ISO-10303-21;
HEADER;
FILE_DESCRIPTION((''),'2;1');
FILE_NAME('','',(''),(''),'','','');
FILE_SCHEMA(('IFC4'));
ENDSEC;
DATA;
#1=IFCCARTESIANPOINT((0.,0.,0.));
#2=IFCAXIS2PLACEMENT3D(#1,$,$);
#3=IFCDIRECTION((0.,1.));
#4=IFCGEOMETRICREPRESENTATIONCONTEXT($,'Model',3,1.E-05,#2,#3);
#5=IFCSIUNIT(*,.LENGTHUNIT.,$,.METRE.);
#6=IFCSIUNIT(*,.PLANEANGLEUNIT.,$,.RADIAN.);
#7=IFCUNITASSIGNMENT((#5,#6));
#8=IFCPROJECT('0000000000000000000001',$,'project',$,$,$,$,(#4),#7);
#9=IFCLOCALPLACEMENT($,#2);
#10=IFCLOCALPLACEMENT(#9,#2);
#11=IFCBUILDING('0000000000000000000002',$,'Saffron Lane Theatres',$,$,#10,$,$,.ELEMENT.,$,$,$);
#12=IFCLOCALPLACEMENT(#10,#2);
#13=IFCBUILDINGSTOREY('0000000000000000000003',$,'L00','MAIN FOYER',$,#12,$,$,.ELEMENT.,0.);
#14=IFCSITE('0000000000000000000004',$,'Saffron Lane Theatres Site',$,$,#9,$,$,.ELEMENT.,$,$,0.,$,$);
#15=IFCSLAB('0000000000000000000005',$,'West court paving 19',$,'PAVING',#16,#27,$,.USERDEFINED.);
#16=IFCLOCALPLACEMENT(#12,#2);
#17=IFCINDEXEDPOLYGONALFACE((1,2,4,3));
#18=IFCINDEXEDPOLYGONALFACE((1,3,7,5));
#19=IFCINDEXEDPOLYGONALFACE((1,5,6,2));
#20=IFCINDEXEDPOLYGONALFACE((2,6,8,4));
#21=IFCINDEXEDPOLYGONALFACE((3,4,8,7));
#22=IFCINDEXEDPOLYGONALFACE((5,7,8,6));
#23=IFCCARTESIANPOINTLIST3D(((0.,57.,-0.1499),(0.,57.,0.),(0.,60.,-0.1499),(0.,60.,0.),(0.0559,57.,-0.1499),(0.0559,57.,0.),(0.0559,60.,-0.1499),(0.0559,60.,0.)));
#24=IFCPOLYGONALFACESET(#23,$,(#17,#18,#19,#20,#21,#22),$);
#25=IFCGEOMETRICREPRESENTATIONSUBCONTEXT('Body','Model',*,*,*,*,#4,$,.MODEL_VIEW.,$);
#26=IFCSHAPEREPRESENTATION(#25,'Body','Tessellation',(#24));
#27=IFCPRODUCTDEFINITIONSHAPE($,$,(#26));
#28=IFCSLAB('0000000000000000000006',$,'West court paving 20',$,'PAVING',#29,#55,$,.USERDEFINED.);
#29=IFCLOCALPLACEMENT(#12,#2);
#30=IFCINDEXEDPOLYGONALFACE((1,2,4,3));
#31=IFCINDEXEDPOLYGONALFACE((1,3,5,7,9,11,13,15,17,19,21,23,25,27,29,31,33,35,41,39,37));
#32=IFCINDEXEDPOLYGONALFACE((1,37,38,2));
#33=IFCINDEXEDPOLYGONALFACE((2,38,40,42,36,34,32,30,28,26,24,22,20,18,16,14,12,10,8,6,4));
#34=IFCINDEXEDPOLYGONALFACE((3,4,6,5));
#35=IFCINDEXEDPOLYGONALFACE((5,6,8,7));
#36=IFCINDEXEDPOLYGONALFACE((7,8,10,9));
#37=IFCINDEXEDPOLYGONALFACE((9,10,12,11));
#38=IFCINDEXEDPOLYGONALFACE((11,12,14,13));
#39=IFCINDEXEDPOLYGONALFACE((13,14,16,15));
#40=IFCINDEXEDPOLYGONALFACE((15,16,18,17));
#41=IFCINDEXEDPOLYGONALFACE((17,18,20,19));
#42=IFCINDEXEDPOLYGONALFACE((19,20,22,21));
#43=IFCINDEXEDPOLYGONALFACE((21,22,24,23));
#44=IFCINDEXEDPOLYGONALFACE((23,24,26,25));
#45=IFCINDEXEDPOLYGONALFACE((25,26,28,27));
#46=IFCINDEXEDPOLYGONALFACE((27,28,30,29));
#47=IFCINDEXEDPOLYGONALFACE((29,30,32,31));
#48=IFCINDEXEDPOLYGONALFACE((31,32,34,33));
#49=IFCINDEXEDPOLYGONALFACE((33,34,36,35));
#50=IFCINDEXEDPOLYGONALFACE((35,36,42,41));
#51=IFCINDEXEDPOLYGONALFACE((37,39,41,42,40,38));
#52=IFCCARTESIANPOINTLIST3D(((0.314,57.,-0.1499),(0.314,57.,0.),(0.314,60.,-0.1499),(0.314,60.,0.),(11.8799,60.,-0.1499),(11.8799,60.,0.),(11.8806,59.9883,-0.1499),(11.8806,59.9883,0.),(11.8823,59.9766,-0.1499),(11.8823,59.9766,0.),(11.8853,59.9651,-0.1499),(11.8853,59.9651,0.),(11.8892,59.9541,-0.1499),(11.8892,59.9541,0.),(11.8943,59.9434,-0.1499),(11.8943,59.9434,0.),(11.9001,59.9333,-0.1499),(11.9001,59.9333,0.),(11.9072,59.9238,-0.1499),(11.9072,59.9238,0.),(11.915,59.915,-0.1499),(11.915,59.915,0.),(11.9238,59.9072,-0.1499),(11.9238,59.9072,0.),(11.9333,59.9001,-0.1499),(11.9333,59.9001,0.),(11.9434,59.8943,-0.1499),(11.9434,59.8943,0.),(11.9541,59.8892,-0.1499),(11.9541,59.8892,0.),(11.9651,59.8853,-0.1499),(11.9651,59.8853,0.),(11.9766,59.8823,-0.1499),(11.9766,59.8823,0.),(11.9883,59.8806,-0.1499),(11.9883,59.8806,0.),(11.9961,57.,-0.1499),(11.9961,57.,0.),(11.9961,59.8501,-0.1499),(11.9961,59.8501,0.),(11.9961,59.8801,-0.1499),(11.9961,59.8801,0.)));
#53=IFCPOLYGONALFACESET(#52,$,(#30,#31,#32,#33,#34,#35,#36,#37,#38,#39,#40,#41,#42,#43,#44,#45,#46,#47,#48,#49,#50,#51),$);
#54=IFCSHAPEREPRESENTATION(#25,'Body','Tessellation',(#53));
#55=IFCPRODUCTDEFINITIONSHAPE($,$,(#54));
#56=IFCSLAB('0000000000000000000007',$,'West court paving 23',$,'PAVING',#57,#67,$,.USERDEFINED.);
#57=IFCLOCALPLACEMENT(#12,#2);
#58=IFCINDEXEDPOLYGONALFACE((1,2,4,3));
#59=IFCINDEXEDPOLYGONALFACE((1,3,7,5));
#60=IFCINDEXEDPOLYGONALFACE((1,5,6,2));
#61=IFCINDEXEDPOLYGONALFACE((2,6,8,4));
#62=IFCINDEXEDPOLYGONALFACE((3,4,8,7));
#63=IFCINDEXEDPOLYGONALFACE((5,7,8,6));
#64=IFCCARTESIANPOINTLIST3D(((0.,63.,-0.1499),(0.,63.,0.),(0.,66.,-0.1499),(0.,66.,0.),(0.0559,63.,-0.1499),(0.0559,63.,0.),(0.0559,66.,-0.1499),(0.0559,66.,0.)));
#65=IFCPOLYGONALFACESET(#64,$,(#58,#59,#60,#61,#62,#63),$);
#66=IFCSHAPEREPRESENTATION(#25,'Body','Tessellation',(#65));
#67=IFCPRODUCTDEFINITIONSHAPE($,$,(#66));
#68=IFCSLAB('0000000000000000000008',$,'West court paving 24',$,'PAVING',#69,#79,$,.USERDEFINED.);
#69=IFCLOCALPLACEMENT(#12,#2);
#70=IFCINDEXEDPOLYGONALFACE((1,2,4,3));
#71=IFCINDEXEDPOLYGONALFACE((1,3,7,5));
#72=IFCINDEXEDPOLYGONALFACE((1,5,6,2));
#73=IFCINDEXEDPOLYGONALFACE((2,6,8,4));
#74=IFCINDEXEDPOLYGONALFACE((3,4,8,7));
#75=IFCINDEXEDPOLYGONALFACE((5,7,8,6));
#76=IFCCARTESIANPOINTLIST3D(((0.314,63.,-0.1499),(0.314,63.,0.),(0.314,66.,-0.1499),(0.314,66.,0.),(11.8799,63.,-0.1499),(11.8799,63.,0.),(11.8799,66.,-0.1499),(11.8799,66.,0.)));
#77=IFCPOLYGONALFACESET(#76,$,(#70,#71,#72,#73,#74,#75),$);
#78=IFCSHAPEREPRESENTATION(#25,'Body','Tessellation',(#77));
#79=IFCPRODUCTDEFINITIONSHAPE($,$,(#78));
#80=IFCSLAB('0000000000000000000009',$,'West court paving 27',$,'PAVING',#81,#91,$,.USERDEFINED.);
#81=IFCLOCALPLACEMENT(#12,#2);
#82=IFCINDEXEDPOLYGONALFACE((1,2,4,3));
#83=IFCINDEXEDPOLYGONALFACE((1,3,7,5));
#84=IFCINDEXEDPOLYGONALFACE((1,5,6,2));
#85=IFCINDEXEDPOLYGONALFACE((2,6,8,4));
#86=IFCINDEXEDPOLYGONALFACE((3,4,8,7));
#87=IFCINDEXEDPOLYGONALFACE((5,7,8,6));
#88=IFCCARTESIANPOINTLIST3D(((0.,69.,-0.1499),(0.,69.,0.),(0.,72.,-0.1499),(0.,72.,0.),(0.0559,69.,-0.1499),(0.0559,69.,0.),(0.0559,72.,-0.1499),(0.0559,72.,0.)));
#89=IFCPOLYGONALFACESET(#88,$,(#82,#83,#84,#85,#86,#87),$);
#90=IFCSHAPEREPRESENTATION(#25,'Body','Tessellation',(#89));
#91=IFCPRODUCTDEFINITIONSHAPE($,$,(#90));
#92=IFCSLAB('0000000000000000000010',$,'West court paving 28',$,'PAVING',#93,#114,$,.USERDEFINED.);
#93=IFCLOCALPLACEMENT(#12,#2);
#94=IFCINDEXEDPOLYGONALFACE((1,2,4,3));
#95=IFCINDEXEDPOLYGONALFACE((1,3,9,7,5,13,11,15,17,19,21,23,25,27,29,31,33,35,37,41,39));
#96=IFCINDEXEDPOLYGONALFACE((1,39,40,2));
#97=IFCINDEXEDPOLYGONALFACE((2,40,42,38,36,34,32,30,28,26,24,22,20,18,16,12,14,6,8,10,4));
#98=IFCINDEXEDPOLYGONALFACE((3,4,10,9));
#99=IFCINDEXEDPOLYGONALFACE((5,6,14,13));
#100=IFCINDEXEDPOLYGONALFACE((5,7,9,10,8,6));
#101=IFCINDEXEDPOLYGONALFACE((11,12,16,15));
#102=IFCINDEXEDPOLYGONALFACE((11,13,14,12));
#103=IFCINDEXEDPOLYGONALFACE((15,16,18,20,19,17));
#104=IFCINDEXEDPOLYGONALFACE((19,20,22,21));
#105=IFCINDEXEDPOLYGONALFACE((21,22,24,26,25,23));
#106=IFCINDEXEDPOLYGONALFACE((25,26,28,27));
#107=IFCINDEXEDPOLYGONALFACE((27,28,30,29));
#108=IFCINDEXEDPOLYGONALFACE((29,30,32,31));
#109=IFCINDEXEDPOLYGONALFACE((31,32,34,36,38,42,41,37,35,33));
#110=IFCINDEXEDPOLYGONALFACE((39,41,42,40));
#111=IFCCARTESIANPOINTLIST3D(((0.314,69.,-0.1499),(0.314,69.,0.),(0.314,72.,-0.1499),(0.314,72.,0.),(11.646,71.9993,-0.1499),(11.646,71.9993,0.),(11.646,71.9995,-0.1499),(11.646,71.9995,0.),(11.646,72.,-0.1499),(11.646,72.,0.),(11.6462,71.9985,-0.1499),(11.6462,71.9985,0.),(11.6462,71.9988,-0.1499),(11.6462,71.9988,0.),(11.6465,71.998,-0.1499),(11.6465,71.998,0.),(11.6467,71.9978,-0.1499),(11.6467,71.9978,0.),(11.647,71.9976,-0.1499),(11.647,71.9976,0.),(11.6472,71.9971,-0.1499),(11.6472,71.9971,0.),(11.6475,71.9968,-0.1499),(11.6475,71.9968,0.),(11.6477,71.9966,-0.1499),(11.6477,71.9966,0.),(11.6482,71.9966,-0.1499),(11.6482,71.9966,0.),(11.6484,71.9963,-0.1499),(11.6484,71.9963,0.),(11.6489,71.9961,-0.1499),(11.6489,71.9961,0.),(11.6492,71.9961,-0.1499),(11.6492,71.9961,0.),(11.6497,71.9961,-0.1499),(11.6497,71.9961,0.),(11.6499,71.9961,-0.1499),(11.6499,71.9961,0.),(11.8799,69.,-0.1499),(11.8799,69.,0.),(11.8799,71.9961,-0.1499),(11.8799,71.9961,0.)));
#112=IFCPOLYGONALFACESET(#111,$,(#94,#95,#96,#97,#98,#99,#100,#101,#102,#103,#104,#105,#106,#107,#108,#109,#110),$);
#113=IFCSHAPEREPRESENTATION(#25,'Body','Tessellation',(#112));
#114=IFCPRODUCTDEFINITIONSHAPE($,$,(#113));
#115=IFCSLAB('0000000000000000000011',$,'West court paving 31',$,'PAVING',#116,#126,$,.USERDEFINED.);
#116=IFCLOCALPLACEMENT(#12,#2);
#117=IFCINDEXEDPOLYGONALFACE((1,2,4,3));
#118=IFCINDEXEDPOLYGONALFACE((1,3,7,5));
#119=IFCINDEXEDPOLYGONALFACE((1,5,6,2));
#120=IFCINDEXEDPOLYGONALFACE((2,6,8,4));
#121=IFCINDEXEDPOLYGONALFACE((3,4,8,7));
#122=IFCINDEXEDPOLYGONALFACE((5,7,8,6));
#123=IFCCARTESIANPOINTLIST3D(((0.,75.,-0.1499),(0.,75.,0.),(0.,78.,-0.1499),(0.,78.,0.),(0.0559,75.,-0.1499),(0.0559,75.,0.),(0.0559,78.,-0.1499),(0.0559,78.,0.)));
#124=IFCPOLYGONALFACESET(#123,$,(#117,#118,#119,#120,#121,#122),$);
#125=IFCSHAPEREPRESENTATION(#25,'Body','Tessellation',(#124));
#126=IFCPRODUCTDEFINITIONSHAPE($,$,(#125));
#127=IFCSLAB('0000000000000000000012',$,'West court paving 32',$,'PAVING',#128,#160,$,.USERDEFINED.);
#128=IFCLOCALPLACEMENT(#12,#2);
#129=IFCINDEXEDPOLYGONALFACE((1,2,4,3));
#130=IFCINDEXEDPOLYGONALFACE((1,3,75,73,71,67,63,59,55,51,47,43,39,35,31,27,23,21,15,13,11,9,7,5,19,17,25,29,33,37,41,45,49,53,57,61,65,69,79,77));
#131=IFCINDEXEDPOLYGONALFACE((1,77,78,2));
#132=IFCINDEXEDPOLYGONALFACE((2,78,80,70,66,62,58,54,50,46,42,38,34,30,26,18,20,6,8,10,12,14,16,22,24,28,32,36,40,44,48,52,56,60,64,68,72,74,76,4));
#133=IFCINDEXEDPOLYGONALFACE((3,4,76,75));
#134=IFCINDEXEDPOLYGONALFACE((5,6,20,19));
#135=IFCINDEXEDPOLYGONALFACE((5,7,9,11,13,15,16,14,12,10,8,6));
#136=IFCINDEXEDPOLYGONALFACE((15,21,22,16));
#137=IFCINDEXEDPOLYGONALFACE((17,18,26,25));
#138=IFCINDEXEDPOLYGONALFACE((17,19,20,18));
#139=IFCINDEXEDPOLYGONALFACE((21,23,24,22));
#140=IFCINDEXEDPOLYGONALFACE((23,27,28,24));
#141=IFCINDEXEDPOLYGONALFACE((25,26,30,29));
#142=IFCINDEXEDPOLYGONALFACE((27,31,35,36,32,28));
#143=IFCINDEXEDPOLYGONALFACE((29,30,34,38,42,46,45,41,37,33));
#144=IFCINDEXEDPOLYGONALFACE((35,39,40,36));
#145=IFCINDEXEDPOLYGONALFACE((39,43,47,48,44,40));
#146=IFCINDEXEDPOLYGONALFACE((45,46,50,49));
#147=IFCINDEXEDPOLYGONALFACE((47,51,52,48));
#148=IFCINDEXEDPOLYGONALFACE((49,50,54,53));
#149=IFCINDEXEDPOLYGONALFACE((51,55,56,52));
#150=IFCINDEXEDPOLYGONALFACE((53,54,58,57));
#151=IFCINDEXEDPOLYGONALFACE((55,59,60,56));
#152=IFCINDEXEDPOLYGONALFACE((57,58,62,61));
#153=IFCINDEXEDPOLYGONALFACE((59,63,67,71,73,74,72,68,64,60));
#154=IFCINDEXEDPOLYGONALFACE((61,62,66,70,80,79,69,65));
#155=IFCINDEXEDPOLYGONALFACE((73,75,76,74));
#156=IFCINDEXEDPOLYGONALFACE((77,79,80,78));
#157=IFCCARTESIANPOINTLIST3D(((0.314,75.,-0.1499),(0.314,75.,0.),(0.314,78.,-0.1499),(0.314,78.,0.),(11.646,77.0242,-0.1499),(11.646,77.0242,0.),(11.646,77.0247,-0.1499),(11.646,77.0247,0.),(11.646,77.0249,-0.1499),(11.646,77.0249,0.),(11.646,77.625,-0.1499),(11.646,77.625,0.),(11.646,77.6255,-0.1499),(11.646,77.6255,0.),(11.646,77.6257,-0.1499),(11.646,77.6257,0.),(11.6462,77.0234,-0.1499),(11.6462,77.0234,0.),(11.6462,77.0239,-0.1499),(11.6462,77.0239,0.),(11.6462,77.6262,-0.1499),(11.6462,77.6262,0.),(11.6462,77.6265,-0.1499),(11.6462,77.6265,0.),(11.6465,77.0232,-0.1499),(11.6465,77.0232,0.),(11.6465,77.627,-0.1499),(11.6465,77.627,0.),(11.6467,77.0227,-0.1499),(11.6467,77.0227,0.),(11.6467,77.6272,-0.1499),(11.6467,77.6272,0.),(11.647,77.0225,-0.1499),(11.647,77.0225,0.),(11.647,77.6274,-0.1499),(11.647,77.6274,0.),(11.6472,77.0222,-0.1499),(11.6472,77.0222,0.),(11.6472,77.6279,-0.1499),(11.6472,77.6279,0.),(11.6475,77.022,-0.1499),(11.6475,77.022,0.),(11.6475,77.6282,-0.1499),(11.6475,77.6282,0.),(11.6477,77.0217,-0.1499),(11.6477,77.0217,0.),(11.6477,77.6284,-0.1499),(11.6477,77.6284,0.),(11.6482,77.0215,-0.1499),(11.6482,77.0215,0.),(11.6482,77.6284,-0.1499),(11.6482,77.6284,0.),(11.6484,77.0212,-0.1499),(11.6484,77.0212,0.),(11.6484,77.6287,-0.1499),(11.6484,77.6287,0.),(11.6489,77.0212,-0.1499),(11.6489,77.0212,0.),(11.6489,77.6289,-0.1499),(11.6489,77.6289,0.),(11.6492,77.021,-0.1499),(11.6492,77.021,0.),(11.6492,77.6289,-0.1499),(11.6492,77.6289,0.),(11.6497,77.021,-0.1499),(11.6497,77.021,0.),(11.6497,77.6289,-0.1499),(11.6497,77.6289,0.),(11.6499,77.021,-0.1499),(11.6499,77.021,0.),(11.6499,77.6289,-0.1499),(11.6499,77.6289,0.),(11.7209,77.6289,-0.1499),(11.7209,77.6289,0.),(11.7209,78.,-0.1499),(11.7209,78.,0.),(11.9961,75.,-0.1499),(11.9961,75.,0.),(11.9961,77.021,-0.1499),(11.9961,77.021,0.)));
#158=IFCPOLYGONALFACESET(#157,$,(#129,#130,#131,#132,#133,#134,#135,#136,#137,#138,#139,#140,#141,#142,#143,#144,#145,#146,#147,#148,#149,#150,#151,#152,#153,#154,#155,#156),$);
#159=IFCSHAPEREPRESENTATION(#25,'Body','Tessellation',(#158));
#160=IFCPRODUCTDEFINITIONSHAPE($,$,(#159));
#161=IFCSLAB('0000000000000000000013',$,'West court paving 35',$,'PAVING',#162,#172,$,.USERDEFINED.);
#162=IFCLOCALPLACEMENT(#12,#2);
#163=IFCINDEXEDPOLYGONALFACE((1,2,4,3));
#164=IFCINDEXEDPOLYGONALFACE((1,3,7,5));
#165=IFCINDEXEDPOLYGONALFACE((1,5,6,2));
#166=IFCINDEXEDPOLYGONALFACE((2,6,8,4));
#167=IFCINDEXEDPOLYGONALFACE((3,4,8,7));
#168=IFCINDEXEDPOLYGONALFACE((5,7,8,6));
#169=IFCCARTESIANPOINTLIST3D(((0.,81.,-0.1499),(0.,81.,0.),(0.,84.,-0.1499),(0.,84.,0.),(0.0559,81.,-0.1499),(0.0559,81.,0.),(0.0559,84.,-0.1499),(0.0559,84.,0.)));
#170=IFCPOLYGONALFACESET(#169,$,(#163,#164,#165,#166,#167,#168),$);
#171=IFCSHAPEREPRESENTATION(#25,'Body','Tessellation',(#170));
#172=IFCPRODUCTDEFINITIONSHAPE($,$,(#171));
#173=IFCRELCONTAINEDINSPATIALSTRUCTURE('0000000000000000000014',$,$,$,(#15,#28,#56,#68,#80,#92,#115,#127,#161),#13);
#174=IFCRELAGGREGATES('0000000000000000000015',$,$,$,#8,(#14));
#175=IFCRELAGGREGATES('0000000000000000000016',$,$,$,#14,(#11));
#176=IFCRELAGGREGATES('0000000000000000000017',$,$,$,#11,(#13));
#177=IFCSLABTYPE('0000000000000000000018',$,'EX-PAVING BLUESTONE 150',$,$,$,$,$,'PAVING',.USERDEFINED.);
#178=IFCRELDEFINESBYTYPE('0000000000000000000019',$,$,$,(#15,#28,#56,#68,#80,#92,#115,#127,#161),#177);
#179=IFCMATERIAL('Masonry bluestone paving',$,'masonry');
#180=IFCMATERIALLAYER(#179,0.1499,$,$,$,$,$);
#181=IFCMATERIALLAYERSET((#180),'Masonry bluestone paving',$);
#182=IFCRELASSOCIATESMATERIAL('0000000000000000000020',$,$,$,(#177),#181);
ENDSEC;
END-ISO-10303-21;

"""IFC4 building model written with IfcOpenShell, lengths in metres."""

from ifc_helpers import new_model, si_unit, direction, frame, origin, place, context, subcontext, project, spatial, polyline, outline, extrude, material, layer, layer_set, type_object, element, save


model = new_model("IFC4")

# Units and contexts
model_context = context("Model", 3, precision=1e-05, world=origin(), true_north=direction((0.0, 1.0)))
body_context = subcontext(model_context, "Body", "Model", "MODEL_VIEW")
ifc_project = project(units=[si_unit("LENGTHUNIT", "METRE"), si_unit("PLANEANGLEUNIT", "RADIAN")], contexts=[model_context])

# Site, building, storey
site_placement = place(None, origin())
site = spatial("IfcSite", under=ifc_project, at=site_placement, Name="Saffron Lane Theatres Site", CompositionType="ELEMENT", RefElevation=0.0)
building_placement = place(site_placement, origin())
building = spatial("IfcBuilding", under=site, at=building_placement, Name="Saffron Lane Theatres", CompositionType="ELEMENT")
storey_placement = place(building_placement, origin())
storey = spatial("IfcBuildingStorey", under=building, at=storey_placement, Name="L00", Description="MAIN FOYER", CompositionType="ELEMENT", Elevation=0.0)

# Slabs
ifc_material_1 = material(Name="Masonry bluestone paving", Category="masonry")
ifc_layer_1 = layer(ifc_material_1, 0.1499)
ifc_layer_set_1 = layer_set([ifc_layer_1], Name="Masonry bluestone paving")
slab_type_1 = type_object("IfcSlabType", Name="EX-PAVING BLUESTONE 150", ElementType="PAVING", PredefinedType="USERDEFINED", material=ifc_layer_set_1)
slab_1_placement = place(storey_placement, frame((0.0, 0.0, -0.1499)))
element("IfcSlab", 1, at=slab_1_placement, inside=storey, type_object=slab_type_1, Name="West court paving 19", ObjectType="PAVING", PredefinedType="USERDEFINED", context=body_context, shape_type="SweptSolid", body=[
    extrude(outline(polyline([(0.0559, 57.0), (0.0559, 60.0), (0.0, 60.0), (0.0, 57.0), (0.0559, 57.0)])), origin(), (0.0, 0.0, 1.0), 0.1499),
])
slab_2_placement = place(storey_placement, frame((0.0, 0.0, -0.1499)))
element("IfcSlab", 2, at=slab_2_placement, inside=storey, type_object=slab_type_1, Name="West court paving 20", ObjectType="PAVING", PredefinedType="USERDEFINED", context=body_context, shape_type="SweptSolid", body=[
    extrude(outline(polyline([(11.8806, 59.9883), (11.8799, 60.0), (0.314, 60.0), (0.314, 57.0), (11.9961, 57.0), (11.9961, 59.8501), (11.9961, 59.8501), (11.9961, 59.8801), (11.9883, 59.8806), (11.9766, 59.8823), (11.9651, 59.8853), (11.9541, 59.8892), (11.9434, 59.8943), (11.9333, 59.9001), (11.9238, 59.9072), (11.915, 59.915), (11.9072, 59.9238), (11.9001, 59.9333), (11.8943, 59.9434), (11.8892, 59.9541), (11.8853, 59.9651), (11.8823, 59.9766), (11.8806, 59.9883)])), origin(), (0.0, 0.0, 1.0), 0.1499),
])
slab_3_placement = place(storey_placement, frame((0.0, 0.0, -0.1499)))
element("IfcSlab", 3, at=slab_3_placement, inside=storey, type_object=slab_type_1, Name="West court paving 23", ObjectType="PAVING", PredefinedType="USERDEFINED", context=body_context, shape_type="SweptSolid", body=[
    extrude(outline(polyline([(0.0559, 63.0), (0.0559, 66.0), (0.0, 66.0), (0.0, 63.0), (0.0559, 63.0)])), origin(), (0.0, 0.0, 1.0), 0.1499),
])
slab_4_placement = place(storey_placement, frame((0.0, 0.0, -0.1499)))
element("IfcSlab", 4, at=slab_4_placement, inside=storey, type_object=slab_type_1, Name="West court paving 24", ObjectType="PAVING", PredefinedType="USERDEFINED", context=body_context, shape_type="SweptSolid", body=[
    extrude(outline(polyline([(11.8799, 63.0), (11.8799, 66.0), (0.314, 66.0), (0.314, 63.0), (11.8799, 63.0)])), origin(), (0.0, 0.0, 1.0), 0.1499),
])
slab_5_placement = place(storey_placement, frame((0.0, 0.0, -0.1499)))
element("IfcSlab", 5, at=slab_5_placement, inside=storey, type_object=slab_type_1, Name="West court paving 27", ObjectType="PAVING", PredefinedType="USERDEFINED", context=body_context, shape_type="SweptSolid", body=[
    extrude(outline(polyline([(0.0559, 69.0), (0.0559, 72.0), (0.0, 72.0), (0.0, 69.0), (0.0559, 69.0)])), origin(), (0.0, 0.0, 1.0), 0.1499),
])
slab_6_placement = place(storey_placement, frame((0.0, 0.0, -0.1499)))
element("IfcSlab", 6, at=slab_6_placement, inside=storey, type_object=slab_type_1, Name="West court paving 28", ObjectType="PAVING", PredefinedType="USERDEFINED", context=body_context, shape_type="SweptSolid", body=[
    extrude(outline(polyline([(11.646, 71.9995), (11.646, 72.0), (0.314, 72.0), (0.314, 69.0), (11.8799, 69.0), (11.8799, 71.9961), (11.6499, 71.9961), (11.6497, 71.9961), (11.6492, 71.9961), (11.6489, 71.9961), (11.6484, 71.9963), (11.6482, 71.9966), (11.6477, 71.9966), (11.6475, 71.9968), (11.6472, 71.9971), (11.647, 71.9976), (11.6467, 71.9978), (11.6465, 71.998), (11.6462, 71.9985), (11.6462, 71.9988), (11.646, 71.9993), (11.646, 71.9995)])), origin(), (0.0, 0.0, 1.0), 0.1499),
])
slab_7_placement = place(storey_placement, frame((0.0, 0.0, -0.1499)))
element("IfcSlab", 7, at=slab_7_placement, inside=storey, type_object=slab_type_1, Name="West court paving 31", ObjectType="PAVING", PredefinedType="USERDEFINED", context=body_context, shape_type="SweptSolid", body=[
    extrude(outline(polyline([(0.0559, 75.0), (0.0559, 78.0), (0.0, 78.0), (0.0, 75.0), (0.0559, 75.0)])), origin(), (0.0, 0.0, 1.0), 0.1499),
])
slab_8_placement = place(storey_placement, frame((0.0, 0.0, -0.1499)))
element("IfcSlab", 8, at=slab_8_placement, inside=storey, type_object=slab_type_1, Name="West court paving 32", ObjectType="PAVING", PredefinedType="USERDEFINED", context=body_context, shape_type="SweptSolid", body=[
    extrude(outline(polyline([(11.7209, 77.6289), (11.7209, 78.0), (0.314, 78.0), (0.314, 75.0), (11.9961, 75.0), (11.9961, 77.021), (11.6499, 77.021), (11.6497, 77.021), (11.6492, 77.021), (11.6489, 77.0212), (11.6484, 77.0212), (11.6482, 77.0215), (11.6477, 77.0217), (11.6475, 77.022), (11.6472, 77.0222), (11.647, 77.0225), (11.6467, 77.0227), (11.6465, 77.0232), (11.6462, 77.0234), (11.6462, 77.0239), (11.646, 77.0242), (11.646, 77.0247), (11.646, 77.0249), (11.646, 77.625), (11.646, 77.6255), (11.646, 77.6257), (11.6462, 77.6262), (11.6462, 77.6265), (11.6465, 77.627), (11.6467, 77.6272), (11.647, 77.6274), (11.6472, 77.6279), (11.6475, 77.6282), (11.6477, 77.6284), (11.6482, 77.6284), (11.6484, 77.6287), (11.6489, 77.6289), (11.6492, 77.6289), (11.6497, 77.6289), (11.6499, 77.6289), (11.7209, 77.6289)])), origin(), (0.0, 0.0, 1.0), 0.1499),
])
slab_9_placement = place(storey_placement, frame((0.0, 0.0, -0.1499)))
element("IfcSlab", 9, at=slab_9_placement, inside=storey, type_object=slab_type_1, Name="West court paving 35", ObjectType="PAVING", PredefinedType="USERDEFINED", context=body_context, shape_type="SweptSolid", body=[
    extrude(outline(polyline([(0.0559, 81.0), (0.0559, 84.0), (0.0, 84.0), (0.0, 81.0), (0.0559, 81.0)])), origin(), (0.0, 0.0, 1.0), 0.1499),
])

save(model, "model.ifc")
